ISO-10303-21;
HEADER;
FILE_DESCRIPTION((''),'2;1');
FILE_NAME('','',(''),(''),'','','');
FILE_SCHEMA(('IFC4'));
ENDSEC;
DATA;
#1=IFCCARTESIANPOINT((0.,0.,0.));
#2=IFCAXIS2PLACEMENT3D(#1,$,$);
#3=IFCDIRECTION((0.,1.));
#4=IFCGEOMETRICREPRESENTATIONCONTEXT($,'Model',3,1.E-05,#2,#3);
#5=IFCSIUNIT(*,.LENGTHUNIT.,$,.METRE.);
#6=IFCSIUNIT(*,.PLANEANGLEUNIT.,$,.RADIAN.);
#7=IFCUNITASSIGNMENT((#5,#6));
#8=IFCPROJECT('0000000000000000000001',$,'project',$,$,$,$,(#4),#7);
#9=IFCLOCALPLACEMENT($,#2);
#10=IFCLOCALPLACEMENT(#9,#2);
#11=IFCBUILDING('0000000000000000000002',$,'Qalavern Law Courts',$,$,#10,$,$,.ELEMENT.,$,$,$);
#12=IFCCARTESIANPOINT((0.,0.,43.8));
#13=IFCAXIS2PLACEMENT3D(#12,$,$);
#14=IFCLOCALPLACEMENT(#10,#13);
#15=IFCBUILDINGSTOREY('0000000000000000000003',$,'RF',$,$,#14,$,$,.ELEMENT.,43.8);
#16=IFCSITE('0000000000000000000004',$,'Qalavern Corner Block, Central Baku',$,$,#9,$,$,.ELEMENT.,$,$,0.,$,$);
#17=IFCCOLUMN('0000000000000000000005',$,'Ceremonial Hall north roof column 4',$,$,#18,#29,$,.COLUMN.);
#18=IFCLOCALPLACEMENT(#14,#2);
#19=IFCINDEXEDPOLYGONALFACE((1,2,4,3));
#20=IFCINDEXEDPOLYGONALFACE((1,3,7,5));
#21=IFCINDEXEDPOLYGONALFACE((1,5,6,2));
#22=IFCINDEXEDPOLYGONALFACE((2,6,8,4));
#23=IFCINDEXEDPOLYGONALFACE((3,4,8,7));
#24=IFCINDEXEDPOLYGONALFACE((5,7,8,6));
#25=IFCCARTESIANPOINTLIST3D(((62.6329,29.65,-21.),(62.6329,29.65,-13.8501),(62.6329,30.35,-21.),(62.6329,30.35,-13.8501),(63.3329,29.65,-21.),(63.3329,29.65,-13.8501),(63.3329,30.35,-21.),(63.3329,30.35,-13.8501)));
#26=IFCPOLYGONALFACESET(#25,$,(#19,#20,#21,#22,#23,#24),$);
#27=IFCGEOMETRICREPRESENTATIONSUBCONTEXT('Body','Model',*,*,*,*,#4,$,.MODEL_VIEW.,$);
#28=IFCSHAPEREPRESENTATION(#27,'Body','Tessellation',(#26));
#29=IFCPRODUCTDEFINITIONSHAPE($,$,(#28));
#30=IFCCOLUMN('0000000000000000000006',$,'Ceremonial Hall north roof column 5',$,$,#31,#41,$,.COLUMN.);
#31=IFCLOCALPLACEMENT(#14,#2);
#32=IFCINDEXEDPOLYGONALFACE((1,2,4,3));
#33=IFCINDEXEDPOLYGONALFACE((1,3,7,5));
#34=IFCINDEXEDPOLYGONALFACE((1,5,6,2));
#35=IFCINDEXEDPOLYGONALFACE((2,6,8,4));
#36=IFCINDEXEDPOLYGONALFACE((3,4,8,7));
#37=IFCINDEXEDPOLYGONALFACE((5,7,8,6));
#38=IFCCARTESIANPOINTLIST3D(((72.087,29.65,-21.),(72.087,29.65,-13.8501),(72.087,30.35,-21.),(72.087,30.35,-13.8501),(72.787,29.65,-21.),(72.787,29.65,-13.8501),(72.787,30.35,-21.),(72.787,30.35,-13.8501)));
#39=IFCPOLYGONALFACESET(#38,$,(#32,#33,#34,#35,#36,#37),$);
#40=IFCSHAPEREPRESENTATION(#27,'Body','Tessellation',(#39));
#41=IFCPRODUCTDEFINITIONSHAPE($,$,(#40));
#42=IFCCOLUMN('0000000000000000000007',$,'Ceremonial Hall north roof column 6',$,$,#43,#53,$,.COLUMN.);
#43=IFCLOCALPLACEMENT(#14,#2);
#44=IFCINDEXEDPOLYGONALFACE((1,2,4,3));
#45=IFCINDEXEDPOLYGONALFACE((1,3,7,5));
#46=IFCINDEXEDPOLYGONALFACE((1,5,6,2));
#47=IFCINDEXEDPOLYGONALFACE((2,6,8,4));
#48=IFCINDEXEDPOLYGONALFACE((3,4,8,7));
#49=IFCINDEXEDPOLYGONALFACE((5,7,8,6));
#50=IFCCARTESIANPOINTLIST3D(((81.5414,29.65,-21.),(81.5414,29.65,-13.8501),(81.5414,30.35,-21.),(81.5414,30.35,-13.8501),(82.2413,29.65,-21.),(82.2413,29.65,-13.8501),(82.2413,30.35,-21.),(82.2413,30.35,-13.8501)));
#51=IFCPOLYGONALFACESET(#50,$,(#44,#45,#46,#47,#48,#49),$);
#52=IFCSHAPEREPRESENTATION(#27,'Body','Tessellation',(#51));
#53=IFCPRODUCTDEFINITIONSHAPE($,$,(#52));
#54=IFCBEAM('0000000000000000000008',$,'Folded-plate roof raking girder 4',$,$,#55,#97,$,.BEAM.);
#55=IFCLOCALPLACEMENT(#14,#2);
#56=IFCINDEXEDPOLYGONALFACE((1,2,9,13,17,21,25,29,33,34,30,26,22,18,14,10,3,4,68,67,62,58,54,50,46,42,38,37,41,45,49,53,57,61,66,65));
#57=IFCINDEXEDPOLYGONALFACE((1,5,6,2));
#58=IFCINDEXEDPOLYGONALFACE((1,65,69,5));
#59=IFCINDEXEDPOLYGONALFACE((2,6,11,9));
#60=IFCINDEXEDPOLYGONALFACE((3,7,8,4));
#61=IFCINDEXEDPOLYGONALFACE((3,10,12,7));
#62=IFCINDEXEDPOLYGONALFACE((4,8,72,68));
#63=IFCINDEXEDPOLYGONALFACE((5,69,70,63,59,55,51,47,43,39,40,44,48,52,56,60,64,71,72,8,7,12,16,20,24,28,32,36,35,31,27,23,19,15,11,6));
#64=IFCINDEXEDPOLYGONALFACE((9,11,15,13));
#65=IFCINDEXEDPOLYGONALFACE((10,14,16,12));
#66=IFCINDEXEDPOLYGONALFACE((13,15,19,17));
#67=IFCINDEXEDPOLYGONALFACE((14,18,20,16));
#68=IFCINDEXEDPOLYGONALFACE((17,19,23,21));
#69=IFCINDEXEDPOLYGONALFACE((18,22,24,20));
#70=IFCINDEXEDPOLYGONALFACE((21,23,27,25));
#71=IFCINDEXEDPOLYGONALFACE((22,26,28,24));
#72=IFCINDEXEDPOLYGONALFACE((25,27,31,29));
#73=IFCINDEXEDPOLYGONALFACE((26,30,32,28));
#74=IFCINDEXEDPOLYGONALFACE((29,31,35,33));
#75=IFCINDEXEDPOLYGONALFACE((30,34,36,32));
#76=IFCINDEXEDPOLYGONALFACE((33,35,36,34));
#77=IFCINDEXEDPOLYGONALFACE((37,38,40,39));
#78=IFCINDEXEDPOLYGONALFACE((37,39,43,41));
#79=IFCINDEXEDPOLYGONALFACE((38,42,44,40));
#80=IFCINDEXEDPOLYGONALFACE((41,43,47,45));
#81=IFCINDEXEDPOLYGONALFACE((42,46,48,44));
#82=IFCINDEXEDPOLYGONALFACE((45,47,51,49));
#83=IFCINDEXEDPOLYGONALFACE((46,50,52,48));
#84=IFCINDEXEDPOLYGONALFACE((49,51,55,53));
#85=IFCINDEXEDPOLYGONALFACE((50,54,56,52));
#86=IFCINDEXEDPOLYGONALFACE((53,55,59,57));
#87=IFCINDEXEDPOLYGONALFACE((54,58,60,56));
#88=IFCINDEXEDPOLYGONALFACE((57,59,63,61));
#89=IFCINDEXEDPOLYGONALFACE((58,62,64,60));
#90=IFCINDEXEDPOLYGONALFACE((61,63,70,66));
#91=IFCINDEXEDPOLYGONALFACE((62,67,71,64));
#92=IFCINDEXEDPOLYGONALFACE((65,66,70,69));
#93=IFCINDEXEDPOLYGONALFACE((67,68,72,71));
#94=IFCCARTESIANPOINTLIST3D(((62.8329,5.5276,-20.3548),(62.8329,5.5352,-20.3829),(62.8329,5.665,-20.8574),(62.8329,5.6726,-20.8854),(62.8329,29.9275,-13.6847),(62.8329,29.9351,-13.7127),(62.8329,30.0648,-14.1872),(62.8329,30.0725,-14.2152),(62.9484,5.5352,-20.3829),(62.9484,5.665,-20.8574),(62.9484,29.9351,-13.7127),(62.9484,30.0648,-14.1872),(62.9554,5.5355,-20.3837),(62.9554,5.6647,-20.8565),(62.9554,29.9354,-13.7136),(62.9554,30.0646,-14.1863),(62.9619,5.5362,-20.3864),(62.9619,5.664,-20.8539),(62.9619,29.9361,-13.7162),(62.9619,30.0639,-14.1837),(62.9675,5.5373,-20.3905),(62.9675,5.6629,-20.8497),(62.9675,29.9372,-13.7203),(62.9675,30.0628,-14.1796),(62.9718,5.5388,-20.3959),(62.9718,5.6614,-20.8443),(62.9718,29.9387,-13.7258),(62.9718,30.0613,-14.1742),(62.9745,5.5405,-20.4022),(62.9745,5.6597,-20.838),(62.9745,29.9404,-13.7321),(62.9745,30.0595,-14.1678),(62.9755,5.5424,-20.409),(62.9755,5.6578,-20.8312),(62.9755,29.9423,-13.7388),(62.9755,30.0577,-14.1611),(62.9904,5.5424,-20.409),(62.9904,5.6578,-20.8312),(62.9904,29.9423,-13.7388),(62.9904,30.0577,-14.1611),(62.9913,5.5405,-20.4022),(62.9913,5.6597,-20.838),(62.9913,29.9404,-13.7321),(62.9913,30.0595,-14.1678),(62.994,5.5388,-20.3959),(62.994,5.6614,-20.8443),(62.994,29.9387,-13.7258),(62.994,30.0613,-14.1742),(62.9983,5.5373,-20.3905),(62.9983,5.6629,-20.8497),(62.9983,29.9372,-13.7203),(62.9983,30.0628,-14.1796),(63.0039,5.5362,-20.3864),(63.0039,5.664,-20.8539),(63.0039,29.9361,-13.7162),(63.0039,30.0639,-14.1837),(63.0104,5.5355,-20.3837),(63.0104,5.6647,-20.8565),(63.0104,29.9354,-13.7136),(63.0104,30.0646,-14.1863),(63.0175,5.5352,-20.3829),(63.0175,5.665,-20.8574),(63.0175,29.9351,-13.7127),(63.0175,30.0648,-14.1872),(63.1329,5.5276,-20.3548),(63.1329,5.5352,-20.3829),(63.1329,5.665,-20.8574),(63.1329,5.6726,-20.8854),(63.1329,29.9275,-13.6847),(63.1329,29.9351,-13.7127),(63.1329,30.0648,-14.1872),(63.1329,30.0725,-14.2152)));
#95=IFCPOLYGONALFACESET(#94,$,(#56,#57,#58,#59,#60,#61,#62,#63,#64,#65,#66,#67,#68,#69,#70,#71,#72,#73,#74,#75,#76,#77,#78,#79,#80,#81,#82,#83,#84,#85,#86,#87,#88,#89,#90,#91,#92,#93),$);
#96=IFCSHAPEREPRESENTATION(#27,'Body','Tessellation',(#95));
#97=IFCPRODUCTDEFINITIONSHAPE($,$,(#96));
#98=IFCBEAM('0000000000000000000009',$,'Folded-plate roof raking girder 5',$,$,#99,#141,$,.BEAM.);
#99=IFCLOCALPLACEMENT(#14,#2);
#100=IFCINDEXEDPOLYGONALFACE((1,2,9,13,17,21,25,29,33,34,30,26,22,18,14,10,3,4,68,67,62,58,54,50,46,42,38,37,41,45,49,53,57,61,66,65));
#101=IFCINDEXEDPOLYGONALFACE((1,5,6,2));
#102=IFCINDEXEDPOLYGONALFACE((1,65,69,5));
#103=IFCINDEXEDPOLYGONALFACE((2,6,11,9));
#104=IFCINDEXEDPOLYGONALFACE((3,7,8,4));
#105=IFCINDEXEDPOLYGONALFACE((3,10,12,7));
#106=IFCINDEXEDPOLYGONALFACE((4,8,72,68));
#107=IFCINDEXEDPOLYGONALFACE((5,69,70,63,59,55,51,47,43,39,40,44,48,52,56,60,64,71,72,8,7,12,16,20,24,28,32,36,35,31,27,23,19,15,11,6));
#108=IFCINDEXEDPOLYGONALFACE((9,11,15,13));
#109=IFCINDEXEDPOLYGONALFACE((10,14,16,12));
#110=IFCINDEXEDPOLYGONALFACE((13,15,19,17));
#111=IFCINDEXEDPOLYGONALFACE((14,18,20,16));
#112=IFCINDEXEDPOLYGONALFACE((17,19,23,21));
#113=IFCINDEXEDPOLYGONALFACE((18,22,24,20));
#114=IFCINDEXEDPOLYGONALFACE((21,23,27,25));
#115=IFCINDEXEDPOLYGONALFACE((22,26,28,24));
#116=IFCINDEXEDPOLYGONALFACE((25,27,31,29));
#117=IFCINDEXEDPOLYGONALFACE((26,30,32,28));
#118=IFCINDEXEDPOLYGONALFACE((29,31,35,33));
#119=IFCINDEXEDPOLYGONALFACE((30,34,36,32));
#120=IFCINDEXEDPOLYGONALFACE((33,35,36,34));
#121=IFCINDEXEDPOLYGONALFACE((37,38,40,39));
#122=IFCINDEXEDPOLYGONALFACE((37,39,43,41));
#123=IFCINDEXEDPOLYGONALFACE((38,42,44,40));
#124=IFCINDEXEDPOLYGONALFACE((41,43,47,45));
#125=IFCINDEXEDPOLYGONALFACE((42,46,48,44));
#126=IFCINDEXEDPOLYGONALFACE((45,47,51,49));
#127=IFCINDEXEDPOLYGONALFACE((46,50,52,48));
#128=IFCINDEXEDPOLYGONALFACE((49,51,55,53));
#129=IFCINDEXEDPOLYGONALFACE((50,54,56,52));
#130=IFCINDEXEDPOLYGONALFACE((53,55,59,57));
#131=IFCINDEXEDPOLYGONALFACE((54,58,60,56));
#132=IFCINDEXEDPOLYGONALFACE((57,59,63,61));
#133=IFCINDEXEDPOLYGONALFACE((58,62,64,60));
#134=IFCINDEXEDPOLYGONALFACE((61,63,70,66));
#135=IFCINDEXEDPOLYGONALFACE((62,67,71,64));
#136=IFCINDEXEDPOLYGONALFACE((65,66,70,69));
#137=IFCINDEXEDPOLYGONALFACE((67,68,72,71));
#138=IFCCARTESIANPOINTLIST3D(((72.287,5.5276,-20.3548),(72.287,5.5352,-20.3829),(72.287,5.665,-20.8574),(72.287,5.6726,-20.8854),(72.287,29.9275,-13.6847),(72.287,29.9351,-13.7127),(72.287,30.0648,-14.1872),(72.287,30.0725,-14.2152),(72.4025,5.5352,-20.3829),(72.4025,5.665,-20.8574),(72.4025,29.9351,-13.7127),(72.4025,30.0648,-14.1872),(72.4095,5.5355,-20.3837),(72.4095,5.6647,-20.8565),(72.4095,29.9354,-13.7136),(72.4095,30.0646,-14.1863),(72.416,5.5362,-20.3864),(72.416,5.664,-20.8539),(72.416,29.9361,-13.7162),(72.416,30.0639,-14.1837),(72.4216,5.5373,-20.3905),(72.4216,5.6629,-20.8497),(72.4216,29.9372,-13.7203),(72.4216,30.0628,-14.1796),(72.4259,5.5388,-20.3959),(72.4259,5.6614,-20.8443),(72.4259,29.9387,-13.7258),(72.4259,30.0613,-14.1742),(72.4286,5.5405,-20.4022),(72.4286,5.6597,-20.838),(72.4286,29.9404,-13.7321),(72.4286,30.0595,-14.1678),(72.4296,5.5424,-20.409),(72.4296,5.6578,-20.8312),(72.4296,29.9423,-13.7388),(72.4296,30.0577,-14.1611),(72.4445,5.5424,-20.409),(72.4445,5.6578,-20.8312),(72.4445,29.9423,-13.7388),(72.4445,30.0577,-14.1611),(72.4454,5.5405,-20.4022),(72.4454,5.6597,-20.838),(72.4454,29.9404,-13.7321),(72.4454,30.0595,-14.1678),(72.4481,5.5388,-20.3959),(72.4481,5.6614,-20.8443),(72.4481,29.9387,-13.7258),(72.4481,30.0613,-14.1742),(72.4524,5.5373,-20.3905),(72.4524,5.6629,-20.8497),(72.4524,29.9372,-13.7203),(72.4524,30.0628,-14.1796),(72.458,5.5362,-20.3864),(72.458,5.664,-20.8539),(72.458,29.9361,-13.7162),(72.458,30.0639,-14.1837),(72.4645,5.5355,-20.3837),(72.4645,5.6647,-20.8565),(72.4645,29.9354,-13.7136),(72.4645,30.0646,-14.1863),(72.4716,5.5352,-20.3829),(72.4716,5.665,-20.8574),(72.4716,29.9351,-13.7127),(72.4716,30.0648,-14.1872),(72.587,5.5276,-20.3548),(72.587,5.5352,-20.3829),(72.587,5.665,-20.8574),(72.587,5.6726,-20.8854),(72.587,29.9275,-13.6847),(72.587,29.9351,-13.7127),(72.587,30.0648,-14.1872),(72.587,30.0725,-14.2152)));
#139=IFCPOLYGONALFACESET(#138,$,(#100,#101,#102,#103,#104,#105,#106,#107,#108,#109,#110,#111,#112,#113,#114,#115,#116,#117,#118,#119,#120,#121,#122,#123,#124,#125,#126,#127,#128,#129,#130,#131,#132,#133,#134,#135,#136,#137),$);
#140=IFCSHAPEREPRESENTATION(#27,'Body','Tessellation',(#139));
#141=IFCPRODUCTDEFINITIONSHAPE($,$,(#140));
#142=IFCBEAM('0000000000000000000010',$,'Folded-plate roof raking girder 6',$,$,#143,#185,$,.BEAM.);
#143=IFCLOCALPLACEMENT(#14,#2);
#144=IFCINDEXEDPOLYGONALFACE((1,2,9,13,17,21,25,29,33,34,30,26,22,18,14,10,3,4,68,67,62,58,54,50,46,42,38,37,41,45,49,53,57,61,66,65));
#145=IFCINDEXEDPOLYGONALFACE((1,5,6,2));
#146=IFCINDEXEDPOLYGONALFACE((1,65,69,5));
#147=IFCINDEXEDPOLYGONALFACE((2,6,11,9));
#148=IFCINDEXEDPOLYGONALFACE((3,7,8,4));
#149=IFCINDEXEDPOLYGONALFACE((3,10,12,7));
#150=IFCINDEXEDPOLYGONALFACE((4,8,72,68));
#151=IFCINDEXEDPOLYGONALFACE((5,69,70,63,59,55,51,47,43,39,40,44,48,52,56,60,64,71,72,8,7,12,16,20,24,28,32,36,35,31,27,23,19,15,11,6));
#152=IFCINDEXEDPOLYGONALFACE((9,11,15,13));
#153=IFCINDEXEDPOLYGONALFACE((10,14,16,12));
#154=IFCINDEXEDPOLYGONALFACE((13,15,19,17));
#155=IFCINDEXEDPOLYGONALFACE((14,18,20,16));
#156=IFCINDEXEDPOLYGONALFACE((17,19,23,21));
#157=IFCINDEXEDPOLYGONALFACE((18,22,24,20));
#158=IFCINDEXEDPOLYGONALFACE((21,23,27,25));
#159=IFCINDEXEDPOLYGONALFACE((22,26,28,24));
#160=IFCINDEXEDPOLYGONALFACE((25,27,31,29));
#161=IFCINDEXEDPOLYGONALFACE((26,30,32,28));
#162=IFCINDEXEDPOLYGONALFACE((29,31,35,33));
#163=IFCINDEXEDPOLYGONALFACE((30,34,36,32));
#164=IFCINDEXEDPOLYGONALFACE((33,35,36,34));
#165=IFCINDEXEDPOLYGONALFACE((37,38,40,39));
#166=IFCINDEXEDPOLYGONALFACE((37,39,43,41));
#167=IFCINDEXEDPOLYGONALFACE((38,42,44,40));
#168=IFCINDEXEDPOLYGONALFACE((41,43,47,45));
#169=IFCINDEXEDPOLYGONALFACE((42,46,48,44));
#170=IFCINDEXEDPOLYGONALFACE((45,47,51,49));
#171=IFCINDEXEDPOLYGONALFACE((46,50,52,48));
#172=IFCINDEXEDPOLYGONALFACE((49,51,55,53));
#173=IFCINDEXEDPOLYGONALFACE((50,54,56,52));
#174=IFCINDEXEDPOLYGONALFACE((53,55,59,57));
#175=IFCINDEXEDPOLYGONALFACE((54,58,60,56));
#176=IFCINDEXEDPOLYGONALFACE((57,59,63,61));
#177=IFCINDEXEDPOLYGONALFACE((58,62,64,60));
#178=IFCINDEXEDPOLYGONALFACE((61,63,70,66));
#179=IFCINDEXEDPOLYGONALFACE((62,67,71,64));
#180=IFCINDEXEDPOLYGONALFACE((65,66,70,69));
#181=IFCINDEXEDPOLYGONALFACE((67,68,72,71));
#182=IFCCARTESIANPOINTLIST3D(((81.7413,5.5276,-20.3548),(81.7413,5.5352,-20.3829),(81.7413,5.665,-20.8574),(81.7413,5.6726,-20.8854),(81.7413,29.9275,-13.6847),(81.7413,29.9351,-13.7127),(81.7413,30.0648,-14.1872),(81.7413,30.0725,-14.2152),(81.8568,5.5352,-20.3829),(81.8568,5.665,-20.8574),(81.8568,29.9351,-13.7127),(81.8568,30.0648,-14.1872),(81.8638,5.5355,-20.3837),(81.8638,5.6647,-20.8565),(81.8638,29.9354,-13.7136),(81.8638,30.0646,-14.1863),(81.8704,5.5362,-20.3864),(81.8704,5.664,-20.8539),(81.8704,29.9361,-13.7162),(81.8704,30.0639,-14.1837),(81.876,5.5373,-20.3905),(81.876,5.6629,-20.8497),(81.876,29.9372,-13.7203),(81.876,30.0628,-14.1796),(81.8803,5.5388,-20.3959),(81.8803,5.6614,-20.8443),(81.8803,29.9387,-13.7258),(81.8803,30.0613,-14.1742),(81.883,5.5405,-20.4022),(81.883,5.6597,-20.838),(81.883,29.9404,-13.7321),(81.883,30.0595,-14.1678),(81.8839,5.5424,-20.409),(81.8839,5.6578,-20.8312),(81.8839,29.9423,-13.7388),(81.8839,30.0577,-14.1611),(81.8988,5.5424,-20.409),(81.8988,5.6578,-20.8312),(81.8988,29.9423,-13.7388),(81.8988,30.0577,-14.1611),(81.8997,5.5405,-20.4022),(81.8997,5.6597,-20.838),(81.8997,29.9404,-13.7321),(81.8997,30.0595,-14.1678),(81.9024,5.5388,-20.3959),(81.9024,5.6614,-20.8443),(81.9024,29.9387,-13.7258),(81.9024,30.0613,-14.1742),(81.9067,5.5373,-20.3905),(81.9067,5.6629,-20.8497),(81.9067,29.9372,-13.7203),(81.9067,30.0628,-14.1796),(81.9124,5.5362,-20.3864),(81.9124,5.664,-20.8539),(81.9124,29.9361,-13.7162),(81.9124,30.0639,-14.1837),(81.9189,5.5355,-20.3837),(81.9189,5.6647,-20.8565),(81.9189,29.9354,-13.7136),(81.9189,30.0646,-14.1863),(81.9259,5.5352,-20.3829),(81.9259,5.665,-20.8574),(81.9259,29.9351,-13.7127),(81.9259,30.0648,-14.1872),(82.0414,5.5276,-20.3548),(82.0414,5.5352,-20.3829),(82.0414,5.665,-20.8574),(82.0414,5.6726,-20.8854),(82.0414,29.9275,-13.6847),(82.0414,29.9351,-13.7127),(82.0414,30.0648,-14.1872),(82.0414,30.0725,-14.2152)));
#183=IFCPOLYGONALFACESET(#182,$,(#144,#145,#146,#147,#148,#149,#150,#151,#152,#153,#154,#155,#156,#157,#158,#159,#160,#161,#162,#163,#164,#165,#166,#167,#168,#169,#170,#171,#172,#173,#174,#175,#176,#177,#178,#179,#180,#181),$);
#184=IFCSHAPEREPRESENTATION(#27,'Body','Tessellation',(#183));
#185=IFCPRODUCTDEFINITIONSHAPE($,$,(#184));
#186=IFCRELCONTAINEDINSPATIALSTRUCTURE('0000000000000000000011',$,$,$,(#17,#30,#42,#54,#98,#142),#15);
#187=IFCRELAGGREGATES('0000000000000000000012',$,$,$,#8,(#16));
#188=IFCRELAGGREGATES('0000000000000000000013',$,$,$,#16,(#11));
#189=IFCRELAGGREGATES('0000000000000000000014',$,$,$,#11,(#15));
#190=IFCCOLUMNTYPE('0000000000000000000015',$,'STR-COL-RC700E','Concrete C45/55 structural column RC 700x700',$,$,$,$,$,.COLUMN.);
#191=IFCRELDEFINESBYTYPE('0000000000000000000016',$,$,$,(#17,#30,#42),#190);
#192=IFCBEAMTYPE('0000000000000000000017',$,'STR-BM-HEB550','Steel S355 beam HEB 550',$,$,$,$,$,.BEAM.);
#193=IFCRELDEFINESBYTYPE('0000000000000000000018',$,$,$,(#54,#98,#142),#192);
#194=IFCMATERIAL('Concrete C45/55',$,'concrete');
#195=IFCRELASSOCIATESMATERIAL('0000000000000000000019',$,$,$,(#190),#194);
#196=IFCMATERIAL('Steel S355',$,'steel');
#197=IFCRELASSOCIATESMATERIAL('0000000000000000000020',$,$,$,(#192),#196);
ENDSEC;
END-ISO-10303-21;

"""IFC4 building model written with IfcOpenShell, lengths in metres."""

from ifc_helpers import new_model, si_unit, direction, frame, origin, origin_2d, place, context, subcontext, project, spatial, rectangle, i_section, extrude, material, material_profile, profile_set, type_object, element, save


model = new_model("IFC4")

# Units and contexts
model_context = context("Model", 3, precision=1e-05, world=origin(), true_north=direction((0.0, 1.0)))
body_context = subcontext(model_context, "Body", "Model", "MODEL_VIEW")
ifc_project = project(units=[si_unit("LENGTHUNIT", "METRE"), si_unit("PLANEANGLEUNIT", "RADIAN")], contexts=[model_context])

# Site, building, storey
site_placement = place(None, origin())
site = spatial("IfcSite", under=ifc_project, at=site_placement, Name="Qalavern Corner Block, Central Baku", CompositionType="ELEMENT", RefElevation=0.0)
building_placement = place(site_placement, origin())
building = spatial("IfcBuilding", under=site, at=building_placement, Name="Qalavern Law Courts", CompositionType="ELEMENT")
storey_placement = place(building_placement, frame((0.0, 0.0, 43.8)))
storey = spatial("IfcBuildingStorey", under=building, at=storey_placement, Name="RF", CompositionType="ELEMENT", Elevation=43.8)

# Columns
ifc_material_1 = material(Name="Concrete C45/55", Category="concrete")
ifc_material_profile_1 = material_profile(ifc_material_1, rectangle(XDim=0.7, YDim=0.7, at=origin_2d()), Name="RC 700x700")
ifc_profile_set_1 = profile_set([ifc_material_profile_1], Name="Concrete C45/55")
column_type = type_object("IfcColumnType", Name="STR-COL-RC700E", Description="Concrete C45/55 structural column RC 700x700", PredefinedType="COLUMN", material=ifc_profile_set_1)
for number, where, z_axis, x_axis, name in (
    (1, (62.9829, 30.0, -21.0), (0.0, 0.0, 1.0), (1.0, 0.0, 0.0), "Ceremonial Hall north roof column 4"),
    (2, (72.437, 30.0, -21.0), (0.0, 0.0, 1.0), (1.0, 0.0, 0.0), "Ceremonial Hall north roof column 5"),
    (3, (81.8914, 30.0, -21.0), (0.0, 0.0, 1.0), (1.0, 0.0, 0.0), "Ceremonial Hall north roof column 6"),
):
    element("IfcColumn", number, at=place(storey_placement, frame(where, z_axis=z_axis, x_axis=x_axis)), inside=storey, type_object=column_type, Name=name, PredefinedType="COLUMN", context=body_context, shape_type="SweptSolid", body=[
        extrude(rectangle(XDim=0.7, YDim=0.7, at=origin_2d()), origin(), (0.0, 0.0, 1.0), 7.1499),
    ])

# Beams
ifc_material_2 = material(Name="Steel S355", Category="steel")
ifc_material_profile_2 = material_profile(ifc_material_2, i_section(OverallWidth=0.3, OverallDepth=0.55, WebThickness=0.0149, FlangeThickness=0.0291, FilletRadius=0.0271, at=origin_2d()), Name="HEB 550")
ifc_profile_set_2 = profile_set([ifc_material_profile_2], Name="Steel S355")
beam_type = type_object("IfcBeamType", Name="STR-BM-HEB550", Description="Steel S355 beam HEB 550", PredefinedType="BEAM", material=ifc_profile_set_2)
for number, where, z_axis, x_axis, name in (
    (4, (62.9829, 5.6001, -20.6201), (0.0, 0.964607, 0.263693), (-1.0, 0.0, 0.0), "Folded-plate roof raking girder 4"),
    (5, (72.437, 5.6001, -20.6201), (0.0, 0.964607, 0.263693), (-1.0, 0.0, 0.0), "Folded-plate roof raking girder 5"),
    (6, (81.8914, 5.6001, -20.6201), (0.0, 0.964607, 0.263693), (-1.0, 0.0, 0.0), "Folded-plate roof raking girder 6"),
):
    element("IfcBeam", number, at=place(storey_placement, frame(where, z_axis=z_axis, x_axis=x_axis)), inside=storey, type_object=beam_type, Name=name, PredefinedType="BEAM", context=body_context, shape_type="SweptSolid", body=[
        extrude(i_section(OverallWidth=0.3, OverallDepth=0.55, WebThickness=0.0149, FlangeThickness=0.0291, FilletRadius=0.0271, at=origin_2d()), origin(), (0.0, 0.0, 1.0), 25.2952),
    ])

save(model, "model.ifc")
